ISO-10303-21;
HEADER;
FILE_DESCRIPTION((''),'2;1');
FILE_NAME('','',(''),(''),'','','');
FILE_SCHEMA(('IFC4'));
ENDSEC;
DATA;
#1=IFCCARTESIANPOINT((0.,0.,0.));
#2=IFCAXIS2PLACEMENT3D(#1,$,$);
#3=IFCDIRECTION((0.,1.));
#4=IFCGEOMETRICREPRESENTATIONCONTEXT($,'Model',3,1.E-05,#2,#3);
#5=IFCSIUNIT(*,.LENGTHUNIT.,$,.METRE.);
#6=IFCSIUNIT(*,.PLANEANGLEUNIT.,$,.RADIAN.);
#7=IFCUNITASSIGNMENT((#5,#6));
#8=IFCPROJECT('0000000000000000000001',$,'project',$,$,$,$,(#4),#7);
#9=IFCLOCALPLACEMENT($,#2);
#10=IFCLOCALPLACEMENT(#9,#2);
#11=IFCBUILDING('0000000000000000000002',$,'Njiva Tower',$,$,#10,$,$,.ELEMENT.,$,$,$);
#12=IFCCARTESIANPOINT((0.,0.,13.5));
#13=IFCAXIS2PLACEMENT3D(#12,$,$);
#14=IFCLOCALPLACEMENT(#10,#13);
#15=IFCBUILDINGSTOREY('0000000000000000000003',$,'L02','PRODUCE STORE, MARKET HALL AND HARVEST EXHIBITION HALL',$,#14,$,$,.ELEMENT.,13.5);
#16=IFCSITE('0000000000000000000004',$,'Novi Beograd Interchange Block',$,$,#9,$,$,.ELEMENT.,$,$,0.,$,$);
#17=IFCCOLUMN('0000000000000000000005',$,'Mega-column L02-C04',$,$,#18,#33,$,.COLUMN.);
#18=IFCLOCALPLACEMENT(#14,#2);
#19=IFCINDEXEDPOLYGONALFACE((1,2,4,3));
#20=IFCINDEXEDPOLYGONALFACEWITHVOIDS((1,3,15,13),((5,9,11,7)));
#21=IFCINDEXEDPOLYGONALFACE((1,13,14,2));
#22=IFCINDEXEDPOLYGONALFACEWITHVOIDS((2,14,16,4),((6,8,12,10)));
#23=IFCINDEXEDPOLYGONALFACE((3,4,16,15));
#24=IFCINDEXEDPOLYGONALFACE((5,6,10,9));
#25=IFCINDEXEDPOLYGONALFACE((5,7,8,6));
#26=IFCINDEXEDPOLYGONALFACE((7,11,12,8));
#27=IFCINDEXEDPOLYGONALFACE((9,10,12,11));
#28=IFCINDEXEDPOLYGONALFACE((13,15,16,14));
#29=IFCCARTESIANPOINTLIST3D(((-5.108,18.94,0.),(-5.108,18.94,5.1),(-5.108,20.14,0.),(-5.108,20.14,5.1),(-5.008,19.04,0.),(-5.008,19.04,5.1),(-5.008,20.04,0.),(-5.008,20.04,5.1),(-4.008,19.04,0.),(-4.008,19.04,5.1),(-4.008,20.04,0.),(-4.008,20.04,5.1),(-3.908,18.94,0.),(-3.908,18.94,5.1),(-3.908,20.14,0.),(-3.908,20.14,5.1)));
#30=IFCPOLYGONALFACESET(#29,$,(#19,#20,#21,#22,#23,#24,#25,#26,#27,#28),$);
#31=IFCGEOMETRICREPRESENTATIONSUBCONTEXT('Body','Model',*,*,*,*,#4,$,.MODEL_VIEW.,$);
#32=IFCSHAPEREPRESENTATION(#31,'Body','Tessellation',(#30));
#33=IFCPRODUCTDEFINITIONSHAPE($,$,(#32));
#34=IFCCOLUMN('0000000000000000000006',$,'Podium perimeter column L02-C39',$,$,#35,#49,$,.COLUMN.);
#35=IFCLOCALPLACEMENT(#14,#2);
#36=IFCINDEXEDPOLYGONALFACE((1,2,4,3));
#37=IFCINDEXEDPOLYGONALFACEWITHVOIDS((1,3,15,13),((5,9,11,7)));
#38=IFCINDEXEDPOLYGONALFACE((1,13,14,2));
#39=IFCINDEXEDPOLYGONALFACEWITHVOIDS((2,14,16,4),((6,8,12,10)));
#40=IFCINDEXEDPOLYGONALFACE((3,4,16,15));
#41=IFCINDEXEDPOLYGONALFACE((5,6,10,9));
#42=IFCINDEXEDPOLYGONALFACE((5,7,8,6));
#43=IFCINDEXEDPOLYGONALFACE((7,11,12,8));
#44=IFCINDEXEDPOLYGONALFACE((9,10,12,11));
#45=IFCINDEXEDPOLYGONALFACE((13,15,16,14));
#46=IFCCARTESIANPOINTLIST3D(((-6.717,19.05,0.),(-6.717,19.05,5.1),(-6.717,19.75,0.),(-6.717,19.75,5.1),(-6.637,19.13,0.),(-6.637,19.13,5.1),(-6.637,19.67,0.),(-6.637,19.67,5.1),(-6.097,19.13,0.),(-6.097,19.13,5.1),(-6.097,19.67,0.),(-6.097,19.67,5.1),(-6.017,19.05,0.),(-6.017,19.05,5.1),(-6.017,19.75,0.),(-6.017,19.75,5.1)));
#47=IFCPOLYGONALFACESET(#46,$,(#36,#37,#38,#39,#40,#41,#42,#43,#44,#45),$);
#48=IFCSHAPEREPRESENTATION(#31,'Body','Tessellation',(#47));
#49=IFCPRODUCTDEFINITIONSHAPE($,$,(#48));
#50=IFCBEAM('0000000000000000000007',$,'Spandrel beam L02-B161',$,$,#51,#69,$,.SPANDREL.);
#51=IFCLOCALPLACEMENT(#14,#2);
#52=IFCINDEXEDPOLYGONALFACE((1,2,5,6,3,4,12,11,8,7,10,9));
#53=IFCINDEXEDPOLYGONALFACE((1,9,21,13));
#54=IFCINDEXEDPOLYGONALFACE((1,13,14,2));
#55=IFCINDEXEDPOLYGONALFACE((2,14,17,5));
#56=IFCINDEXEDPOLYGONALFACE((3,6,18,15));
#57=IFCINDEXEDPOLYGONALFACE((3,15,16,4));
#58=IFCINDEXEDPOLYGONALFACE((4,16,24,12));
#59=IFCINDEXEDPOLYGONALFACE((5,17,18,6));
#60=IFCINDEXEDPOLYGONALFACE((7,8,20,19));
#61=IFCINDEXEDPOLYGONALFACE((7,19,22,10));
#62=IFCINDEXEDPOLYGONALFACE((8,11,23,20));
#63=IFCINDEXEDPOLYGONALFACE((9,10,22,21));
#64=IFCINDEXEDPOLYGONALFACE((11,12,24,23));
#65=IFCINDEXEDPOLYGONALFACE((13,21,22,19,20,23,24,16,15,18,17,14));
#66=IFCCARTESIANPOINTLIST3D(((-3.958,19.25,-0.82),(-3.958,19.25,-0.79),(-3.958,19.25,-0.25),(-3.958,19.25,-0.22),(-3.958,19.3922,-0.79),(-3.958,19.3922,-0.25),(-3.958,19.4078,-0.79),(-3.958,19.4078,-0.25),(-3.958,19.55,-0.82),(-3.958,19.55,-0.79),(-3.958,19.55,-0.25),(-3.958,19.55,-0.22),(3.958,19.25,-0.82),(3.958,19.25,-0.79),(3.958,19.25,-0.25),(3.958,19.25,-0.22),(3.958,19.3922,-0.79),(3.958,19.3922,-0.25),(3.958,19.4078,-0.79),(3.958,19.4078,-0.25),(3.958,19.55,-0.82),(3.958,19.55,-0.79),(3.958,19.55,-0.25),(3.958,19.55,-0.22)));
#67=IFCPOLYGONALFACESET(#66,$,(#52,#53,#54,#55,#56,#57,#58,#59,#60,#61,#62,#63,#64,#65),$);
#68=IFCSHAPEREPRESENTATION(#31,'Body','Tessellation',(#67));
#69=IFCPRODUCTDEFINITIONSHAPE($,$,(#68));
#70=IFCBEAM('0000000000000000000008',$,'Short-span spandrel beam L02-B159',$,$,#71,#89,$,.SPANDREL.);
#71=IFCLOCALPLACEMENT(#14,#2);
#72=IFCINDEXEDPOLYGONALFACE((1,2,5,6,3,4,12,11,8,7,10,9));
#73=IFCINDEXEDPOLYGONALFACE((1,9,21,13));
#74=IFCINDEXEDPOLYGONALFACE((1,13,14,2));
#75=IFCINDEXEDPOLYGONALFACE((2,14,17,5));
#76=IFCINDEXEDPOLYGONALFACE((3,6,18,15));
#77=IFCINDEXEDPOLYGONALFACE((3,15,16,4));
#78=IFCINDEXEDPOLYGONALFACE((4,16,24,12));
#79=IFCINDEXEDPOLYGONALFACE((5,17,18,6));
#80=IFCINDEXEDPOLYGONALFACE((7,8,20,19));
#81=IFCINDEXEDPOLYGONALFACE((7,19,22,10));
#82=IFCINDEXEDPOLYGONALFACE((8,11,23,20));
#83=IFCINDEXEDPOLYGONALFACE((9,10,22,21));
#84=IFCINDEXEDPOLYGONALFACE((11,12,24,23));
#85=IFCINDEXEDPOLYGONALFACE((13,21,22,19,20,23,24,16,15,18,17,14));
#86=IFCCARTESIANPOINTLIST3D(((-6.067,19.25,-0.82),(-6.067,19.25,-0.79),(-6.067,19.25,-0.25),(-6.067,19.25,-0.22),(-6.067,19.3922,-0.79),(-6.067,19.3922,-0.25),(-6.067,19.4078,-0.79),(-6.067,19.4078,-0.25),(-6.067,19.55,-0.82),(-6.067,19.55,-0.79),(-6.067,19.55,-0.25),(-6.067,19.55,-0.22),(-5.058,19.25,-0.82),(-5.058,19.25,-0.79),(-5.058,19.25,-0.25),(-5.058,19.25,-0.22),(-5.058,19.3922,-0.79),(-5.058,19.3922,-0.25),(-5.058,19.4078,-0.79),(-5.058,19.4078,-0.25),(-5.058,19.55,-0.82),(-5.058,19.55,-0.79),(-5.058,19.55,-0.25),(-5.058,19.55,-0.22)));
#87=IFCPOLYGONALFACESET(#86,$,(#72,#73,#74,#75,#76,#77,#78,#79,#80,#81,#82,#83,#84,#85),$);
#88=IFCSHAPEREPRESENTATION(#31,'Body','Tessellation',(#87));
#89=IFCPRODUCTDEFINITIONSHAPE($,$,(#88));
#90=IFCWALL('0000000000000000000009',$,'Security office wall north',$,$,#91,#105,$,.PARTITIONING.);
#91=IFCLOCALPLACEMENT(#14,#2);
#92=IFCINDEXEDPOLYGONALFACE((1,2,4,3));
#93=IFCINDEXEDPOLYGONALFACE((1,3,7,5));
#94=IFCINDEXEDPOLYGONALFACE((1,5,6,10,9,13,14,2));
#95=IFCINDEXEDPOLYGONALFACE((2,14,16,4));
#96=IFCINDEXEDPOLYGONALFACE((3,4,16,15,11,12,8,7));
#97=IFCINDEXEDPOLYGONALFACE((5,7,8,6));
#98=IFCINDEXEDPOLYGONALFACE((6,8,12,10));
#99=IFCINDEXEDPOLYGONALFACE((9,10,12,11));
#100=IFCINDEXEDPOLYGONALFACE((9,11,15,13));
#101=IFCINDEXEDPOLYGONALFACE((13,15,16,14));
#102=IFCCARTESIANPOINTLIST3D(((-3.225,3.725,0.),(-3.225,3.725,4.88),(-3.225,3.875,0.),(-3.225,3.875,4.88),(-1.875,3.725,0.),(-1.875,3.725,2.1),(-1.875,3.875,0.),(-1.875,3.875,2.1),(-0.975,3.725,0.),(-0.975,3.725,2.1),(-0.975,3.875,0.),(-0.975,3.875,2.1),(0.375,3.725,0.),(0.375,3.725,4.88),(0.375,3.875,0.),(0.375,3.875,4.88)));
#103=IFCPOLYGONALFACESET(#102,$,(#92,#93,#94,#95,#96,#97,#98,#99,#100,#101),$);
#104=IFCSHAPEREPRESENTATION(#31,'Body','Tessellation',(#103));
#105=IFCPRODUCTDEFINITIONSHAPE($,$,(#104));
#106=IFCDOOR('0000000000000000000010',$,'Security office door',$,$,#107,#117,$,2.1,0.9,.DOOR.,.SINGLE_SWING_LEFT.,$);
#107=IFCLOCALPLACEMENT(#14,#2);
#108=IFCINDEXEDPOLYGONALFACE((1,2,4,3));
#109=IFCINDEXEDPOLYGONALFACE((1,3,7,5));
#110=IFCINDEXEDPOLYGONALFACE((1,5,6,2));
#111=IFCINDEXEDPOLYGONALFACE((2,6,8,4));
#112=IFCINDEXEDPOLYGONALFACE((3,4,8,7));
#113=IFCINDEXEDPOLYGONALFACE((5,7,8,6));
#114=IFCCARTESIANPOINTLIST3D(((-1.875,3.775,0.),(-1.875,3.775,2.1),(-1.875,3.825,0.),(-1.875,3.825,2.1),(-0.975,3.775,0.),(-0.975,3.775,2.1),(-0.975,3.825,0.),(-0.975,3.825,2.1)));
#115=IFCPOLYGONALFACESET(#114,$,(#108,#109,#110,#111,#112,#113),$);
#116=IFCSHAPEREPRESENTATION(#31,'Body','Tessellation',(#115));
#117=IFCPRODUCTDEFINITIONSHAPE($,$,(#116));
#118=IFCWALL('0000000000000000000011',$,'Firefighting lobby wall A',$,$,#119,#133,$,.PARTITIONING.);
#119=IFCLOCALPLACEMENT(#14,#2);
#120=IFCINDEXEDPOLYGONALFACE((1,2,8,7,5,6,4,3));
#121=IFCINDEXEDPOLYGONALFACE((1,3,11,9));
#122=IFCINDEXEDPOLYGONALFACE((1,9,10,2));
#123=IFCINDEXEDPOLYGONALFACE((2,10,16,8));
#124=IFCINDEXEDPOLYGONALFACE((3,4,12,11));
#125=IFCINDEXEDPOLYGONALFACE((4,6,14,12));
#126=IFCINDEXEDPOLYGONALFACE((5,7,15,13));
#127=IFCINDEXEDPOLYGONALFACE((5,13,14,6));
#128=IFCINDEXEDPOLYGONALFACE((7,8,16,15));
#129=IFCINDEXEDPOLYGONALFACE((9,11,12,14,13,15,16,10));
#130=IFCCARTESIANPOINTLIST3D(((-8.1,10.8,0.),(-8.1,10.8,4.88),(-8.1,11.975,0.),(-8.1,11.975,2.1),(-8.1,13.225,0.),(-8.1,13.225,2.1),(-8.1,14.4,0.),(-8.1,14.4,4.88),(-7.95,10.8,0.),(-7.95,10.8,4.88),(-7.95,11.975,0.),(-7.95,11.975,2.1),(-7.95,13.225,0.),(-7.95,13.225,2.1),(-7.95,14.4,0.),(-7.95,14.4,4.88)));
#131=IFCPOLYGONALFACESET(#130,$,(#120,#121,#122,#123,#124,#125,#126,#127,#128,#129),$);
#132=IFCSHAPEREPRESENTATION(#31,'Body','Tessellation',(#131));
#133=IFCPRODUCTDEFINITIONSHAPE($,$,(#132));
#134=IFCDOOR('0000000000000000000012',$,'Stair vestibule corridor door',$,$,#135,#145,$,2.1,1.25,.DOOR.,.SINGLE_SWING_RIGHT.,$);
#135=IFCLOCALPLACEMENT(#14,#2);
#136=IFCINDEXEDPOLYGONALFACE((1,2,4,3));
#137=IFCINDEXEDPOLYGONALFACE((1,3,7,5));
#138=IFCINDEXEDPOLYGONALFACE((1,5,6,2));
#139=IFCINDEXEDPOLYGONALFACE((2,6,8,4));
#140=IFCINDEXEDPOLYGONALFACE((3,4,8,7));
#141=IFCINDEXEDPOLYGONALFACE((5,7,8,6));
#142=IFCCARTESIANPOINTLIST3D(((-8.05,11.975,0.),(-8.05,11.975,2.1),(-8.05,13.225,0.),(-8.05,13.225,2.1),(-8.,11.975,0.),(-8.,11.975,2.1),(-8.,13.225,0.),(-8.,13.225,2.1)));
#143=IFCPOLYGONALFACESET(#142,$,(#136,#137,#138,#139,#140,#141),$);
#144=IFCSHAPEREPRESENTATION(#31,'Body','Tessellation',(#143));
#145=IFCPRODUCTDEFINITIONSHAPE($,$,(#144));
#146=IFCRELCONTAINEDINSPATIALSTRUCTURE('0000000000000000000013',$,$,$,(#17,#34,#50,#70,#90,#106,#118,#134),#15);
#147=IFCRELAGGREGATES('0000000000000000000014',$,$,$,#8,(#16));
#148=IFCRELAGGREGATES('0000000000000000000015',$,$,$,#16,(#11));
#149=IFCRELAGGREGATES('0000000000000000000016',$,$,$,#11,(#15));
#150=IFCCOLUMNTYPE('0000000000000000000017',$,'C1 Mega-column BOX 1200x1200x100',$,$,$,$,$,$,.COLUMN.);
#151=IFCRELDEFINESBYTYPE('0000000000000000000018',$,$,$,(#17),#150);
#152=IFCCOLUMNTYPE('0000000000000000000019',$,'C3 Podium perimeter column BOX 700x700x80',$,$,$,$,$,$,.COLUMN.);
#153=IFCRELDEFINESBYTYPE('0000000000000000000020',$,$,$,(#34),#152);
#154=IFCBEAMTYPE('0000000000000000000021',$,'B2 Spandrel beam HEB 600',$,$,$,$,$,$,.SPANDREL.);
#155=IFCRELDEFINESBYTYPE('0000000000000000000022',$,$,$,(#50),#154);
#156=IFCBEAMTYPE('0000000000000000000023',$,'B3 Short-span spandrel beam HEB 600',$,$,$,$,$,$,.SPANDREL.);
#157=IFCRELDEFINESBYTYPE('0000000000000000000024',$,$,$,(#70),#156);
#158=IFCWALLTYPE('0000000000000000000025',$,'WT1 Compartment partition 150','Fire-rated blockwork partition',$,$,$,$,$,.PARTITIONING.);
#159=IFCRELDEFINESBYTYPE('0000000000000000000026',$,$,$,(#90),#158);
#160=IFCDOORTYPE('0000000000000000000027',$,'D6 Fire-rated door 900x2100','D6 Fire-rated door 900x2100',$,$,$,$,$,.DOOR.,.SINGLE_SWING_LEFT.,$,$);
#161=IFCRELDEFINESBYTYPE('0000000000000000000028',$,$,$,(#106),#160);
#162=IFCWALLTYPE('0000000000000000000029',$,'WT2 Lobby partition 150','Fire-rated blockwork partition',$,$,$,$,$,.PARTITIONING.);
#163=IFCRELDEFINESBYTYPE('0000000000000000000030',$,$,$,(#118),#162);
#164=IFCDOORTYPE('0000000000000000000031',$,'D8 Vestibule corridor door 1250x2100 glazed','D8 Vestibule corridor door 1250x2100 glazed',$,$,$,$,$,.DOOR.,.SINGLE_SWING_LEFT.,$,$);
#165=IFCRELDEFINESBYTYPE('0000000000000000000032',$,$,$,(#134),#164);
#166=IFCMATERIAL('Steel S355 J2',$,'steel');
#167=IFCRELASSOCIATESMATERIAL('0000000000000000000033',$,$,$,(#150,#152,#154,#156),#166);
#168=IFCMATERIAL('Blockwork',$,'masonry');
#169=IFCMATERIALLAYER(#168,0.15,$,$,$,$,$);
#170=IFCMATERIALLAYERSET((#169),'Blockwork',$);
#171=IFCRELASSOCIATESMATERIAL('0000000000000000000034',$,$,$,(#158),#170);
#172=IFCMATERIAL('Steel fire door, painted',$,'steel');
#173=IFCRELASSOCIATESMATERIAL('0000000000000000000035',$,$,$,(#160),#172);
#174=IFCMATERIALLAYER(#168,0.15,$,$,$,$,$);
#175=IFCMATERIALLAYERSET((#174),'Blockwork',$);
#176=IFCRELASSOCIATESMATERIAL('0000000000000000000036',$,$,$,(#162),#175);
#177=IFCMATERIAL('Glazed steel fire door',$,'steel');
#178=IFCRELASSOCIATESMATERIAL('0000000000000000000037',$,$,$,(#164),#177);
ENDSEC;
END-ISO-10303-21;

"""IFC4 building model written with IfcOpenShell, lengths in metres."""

from ifc_helpers import new_model, si_unit, direction, frame, frame_2d, origin, origin_2d, place, context, subcontext, project, spatial, rectangle, hollow_rectangle, i_section, extrude, material, layer, layer_set, material_profile, profile_set, type_object, element, fill, save


model = new_model("IFC4")

# Units and contexts
model_context = context("Model", 3, precision=1e-05, world=origin(), true_north=direction((0.0, 1.0)))
body_context = subcontext(model_context, "Body", "Model", "MODEL_VIEW")
ifc_project = project(units=[si_unit("LENGTHUNIT", "METRE"), si_unit("PLANEANGLEUNIT", "RADIAN")], contexts=[model_context])

# Site, building, storey
site_placement = place(None, origin())
site = spatial("IfcSite", under=ifc_project, at=site_placement, Name="Novi Beograd Interchange Block", CompositionType="ELEMENT", RefElevation=0.0)
building_placement = place(site_placement, origin())
building = spatial("IfcBuilding", under=site, at=building_placement, Name="Njiva Tower", CompositionType="ELEMENT")
storey_placement = place(building_placement, frame((0.0, 0.0, 13.5)))
storey = spatial("IfcBuildingStorey", under=building, at=storey_placement, Name="L02", Description="PRODUCE STORE, MARKET HALL AND HARVEST EXHIBITION HALL", CompositionType="ELEMENT", Elevation=13.5)

# Columns
ifc_material_1 = material(Name="Steel S355 J2", Category="steel")
ifc_material_profile_1 = material_profile(ifc_material_1, hollow_rectangle(XDim=1.2, YDim=1.2, WallThickness=0.1, at=origin_2d()), Name="BOX 1200x1200x100")
ifc_profile_set_1 = profile_set([ifc_material_profile_1], Name="Steel S355 J2")
column_type_1 = type_object("IfcColumnType", Name="C1 Mega-column BOX 1200x1200x100", PredefinedType="COLUMN", material=ifc_profile_set_1)
column_1_placement = place(storey_placement, frame((-4.508, 19.54, 0.0), z_axis=(0.0, 0.0, 1.0), x_axis=(-1.0, 0.0, 0.0)))
element("IfcColumn", 1, at=column_1_placement, inside=storey, type_object=column_type_1, Name="Mega-column L02-C04", PredefinedType="COLUMN", context=body_context, shape_type="SweptSolid", body=[
    extrude(hollow_rectangle(XDim=1.2, YDim=1.2, WallThickness=0.1, at=origin_2d()), origin(), (0.0, 0.0, 1.0), 5.1),
])
ifc_material_profile_2 = material_profile(ifc_material_1, hollow_rectangle(XDim=0.7, YDim=0.7, WallThickness=0.08, at=origin_2d()), Name="BOX 700x700x80")
ifc_profile_set_2 = profile_set([ifc_material_profile_2], Name="Steel S355 J2")
column_type_2 = type_object("IfcColumnType", Name="C3 Podium perimeter column BOX 700x700x80", PredefinedType="COLUMN", material=ifc_profile_set_2)
column_2_placement = place(storey_placement, frame((-6.367, 19.4, 0.0), z_axis=(0.0, 0.0, 1.0), x_axis=(-1.0, 0.0, 0.0)))
element("IfcColumn", 2, at=column_2_placement, inside=storey, type_object=column_type_2, Name="Podium perimeter column L02-C39", PredefinedType="COLUMN", context=body_context, shape_type="SweptSolid", body=[
    extrude(hollow_rectangle(XDim=0.7, YDim=0.7, WallThickness=0.08, at=origin_2d()), origin(), (0.0, 0.0, 1.0), 5.1),
])

# Beams
ifc_material_profile_3 = material_profile(ifc_material_1, i_section(OverallWidth=0.3, OverallDepth=0.6, WebThickness=0.0155, FlangeThickness=0.03, at=origin_2d()), Name="HEB 600")
ifc_profile_set_3 = profile_set([ifc_material_profile_3], Name="Steel S355 J2")
beam_type_1 = type_object("IfcBeamType", Name="B2 Spandrel beam HEB 600", PredefinedType="SPANDREL", material=ifc_profile_set_3)
beam_1_placement = place(storey_placement, frame((-3.958, 19.4, -0.52), z_axis=(1.0, 0.0, 0.0), x_axis=(0.0, 1.0, 0.0)))
element("IfcBeam", 3, at=beam_1_placement, inside=storey, type_object=beam_type_1, Name="Spandrel beam L02-B161", PredefinedType="SPANDREL", context=body_context, shape_type="SweptSolid", body=[
    extrude(i_section(OverallWidth=0.3, OverallDepth=0.6, WebThickness=0.0155, FlangeThickness=0.03, at=origin_2d()), origin(), (0.0, 0.0, 1.0), 7.916),
])
ifc_material_profile_4 = material_profile(ifc_material_1, i_section(OverallWidth=0.3, OverallDepth=0.6, WebThickness=0.0155, FlangeThickness=0.03, at=origin_2d()), Name="HEB 600")
ifc_profile_set_4 = profile_set([ifc_material_profile_4], Name="Steel S355 J2")
beam_type_2 = type_object("IfcBeamType", Name="B3 Short-span spandrel beam HEB 600", PredefinedType="SPANDREL", material=ifc_profile_set_4)
beam_2_placement = place(storey_placement, frame((-6.067, 19.4, -0.52), z_axis=(1.0, 0.0, 0.0), x_axis=(0.0, 1.0, 0.0)))
element("IfcBeam", 4, at=beam_2_placement, inside=storey, type_object=beam_type_2, Name="Short-span spandrel beam L02-B159", PredefinedType="SPANDREL", context=body_context, shape_type="SweptSolid", body=[
    extrude(i_section(OverallWidth=0.3, OverallDepth=0.6, WebThickness=0.0155, FlangeThickness=0.03, at=origin_2d()), origin(), (0.0, 0.0, 1.0), 1.009),
])

# Walls, openings, doors
ifc_material_2 = material(Name="Blockwork", Category="masonry")
ifc_layer_1 = layer(ifc_material_2, 0.15)
ifc_layer_set_1 = layer_set([ifc_layer_1], Name="Blockwork")
wall_type_1 = type_object("IfcWallType", Name="WT1 Compartment partition 150", Description="Fire-rated blockwork partition", PredefinedType="PARTITIONING", material=ifc_layer_set_1)
wall_1_placement = place(storey_placement, frame((-3.225, 3.8, 0.0), z_axis=(0.0, 0.0, 1.0), x_axis=(1.0, 0.0, 0.0)))
wall_1 = element("IfcWall", 5, at=wall_1_placement, inside=storey, type_object=wall_type_1, Name="Security office wall north", PredefinedType="PARTITIONING", context=body_context, shape_type="SweptSolid", body=[
    extrude(rectangle(XDim=3.6, YDim=0.15, at=frame_2d((1.8, 0.0))), origin(), (0.0, 0.0, 1.0), 4.88),
])
opening_1_placement = place(wall_1_placement, frame((1.35, 0.0, 0.0)))
opening_1 = element("IfcOpeningElement", 6, at=opening_1_placement, cuts=wall_1, PredefinedType="OPENING", context=body_context, shape_type="SweptSolid", body=[
    extrude(rectangle(XDim=0.9, YDim=2.1, at=frame_2d((0.45, 1.05))), frame((0.0, 0.085, 0.0), z_axis=(0.0, -1.0, 0.0), x_axis=(1.0, 0.0, 0.0)), (0.0, 0.0, 1.0), 0.17),
])
ifc_material_3 = material(Name="Steel fire door, painted", Category="steel")
door_type_1 = type_object("IfcDoorType", Name="D6 Fire-rated door 900x2100", Description="D6 Fire-rated door 900x2100", OperationType="SINGLE_SWING_LEFT", PredefinedType="DOOR", material=ifc_material_3)
door_1_placement = place(opening_1_placement, origin())
door_1 = element("IfcDoor", 7, at=door_1_placement, inside=storey, type_object=door_type_1, Name="Security office door", OperationType="SINGLE_SWING_LEFT", OverallHeight=2.1, OverallWidth=0.9, PredefinedType="DOOR", context=body_context, shape_type="SweptSolid", body=[
    extrude(rectangle(XDim=0.9, YDim=2.1, at=frame_2d((0.45, 1.05))), frame((0.0, 0.025, 0.0), z_axis=(0.0, -1.0, 0.0), x_axis=(1.0, 0.0, 0.0)), (0.0, 0.0, 1.0), 0.05),
])
fill(opening_1, door_1)
ifc_layer_2 = layer(ifc_material_2, 0.15)
ifc_layer_set_2 = layer_set([ifc_layer_2], Name="Blockwork")
wall_type_2 = type_object("IfcWallType", Name="WT2 Lobby partition 150", Description="Fire-rated blockwork partition", PredefinedType="PARTITIONING", material=ifc_layer_set_2)
wall_2_placement = place(storey_placement, frame((-8.025, 10.8, 0.0), z_axis=(0.0, 0.0, 1.0), x_axis=(0.0, 1.0, 0.0)))
wall_2 = element("IfcWall", 8, at=wall_2_placement, inside=storey, type_object=wall_type_2, Name="Firefighting lobby wall A", PredefinedType="PARTITIONING", context=body_context, shape_type="SweptSolid", body=[
    extrude(rectangle(XDim=3.6, YDim=0.15, at=frame_2d((1.8, 0.0))), origin(), (0.0, 0.0, 1.0), 4.88),
])
opening_2_placement = place(wall_2_placement, frame((1.175, 0.0, 0.0)))
opening_2 = element("IfcOpeningElement", 9, at=opening_2_placement, cuts=wall_2, PredefinedType="OPENING", context=body_context, shape_type="SweptSolid", body=[
    extrude(rectangle(XDim=1.25, YDim=2.1, at=frame_2d((0.625, 1.05))), frame((0.0, 0.085, 0.0), z_axis=(0.0, -1.0, 0.0), x_axis=(1.0, 0.0, 0.0)), (0.0, 0.0, 1.0), 0.17),
])
ifc_material_4 = material(Name="Glazed steel fire door", Category="steel")
door_type_2 = type_object("IfcDoorType", Name="D8 Vestibule corridor door 1250x2100 glazed", Description="D8 Vestibule corridor door 1250x2100 glazed", OperationType="SINGLE_SWING_LEFT", PredefinedType="DOOR", material=ifc_material_4)
door_2_placement = place(opening_2_placement, origin())
door_2 = element("IfcDoor", 10, at=door_2_placement, inside=storey, type_object=door_type_2, Name="Stair vestibule corridor door", OperationType="SINGLE_SWING_RIGHT", OverallHeight=2.1, OverallWidth=1.25, PredefinedType="DOOR", context=body_context, shape_type="SweptSolid", body=[
    extrude(rectangle(XDim=1.25, YDim=2.1, at=frame_2d((0.625, 1.05))), frame((0.0, 0.025, 0.0), z_axis=(0.0, -1.0, 0.0), x_axis=(1.0, 0.0, 0.0)), (0.0, 0.0, 1.0), 0.05),
])
fill(opening_2, door_2)

save(model, "model.ifc")
